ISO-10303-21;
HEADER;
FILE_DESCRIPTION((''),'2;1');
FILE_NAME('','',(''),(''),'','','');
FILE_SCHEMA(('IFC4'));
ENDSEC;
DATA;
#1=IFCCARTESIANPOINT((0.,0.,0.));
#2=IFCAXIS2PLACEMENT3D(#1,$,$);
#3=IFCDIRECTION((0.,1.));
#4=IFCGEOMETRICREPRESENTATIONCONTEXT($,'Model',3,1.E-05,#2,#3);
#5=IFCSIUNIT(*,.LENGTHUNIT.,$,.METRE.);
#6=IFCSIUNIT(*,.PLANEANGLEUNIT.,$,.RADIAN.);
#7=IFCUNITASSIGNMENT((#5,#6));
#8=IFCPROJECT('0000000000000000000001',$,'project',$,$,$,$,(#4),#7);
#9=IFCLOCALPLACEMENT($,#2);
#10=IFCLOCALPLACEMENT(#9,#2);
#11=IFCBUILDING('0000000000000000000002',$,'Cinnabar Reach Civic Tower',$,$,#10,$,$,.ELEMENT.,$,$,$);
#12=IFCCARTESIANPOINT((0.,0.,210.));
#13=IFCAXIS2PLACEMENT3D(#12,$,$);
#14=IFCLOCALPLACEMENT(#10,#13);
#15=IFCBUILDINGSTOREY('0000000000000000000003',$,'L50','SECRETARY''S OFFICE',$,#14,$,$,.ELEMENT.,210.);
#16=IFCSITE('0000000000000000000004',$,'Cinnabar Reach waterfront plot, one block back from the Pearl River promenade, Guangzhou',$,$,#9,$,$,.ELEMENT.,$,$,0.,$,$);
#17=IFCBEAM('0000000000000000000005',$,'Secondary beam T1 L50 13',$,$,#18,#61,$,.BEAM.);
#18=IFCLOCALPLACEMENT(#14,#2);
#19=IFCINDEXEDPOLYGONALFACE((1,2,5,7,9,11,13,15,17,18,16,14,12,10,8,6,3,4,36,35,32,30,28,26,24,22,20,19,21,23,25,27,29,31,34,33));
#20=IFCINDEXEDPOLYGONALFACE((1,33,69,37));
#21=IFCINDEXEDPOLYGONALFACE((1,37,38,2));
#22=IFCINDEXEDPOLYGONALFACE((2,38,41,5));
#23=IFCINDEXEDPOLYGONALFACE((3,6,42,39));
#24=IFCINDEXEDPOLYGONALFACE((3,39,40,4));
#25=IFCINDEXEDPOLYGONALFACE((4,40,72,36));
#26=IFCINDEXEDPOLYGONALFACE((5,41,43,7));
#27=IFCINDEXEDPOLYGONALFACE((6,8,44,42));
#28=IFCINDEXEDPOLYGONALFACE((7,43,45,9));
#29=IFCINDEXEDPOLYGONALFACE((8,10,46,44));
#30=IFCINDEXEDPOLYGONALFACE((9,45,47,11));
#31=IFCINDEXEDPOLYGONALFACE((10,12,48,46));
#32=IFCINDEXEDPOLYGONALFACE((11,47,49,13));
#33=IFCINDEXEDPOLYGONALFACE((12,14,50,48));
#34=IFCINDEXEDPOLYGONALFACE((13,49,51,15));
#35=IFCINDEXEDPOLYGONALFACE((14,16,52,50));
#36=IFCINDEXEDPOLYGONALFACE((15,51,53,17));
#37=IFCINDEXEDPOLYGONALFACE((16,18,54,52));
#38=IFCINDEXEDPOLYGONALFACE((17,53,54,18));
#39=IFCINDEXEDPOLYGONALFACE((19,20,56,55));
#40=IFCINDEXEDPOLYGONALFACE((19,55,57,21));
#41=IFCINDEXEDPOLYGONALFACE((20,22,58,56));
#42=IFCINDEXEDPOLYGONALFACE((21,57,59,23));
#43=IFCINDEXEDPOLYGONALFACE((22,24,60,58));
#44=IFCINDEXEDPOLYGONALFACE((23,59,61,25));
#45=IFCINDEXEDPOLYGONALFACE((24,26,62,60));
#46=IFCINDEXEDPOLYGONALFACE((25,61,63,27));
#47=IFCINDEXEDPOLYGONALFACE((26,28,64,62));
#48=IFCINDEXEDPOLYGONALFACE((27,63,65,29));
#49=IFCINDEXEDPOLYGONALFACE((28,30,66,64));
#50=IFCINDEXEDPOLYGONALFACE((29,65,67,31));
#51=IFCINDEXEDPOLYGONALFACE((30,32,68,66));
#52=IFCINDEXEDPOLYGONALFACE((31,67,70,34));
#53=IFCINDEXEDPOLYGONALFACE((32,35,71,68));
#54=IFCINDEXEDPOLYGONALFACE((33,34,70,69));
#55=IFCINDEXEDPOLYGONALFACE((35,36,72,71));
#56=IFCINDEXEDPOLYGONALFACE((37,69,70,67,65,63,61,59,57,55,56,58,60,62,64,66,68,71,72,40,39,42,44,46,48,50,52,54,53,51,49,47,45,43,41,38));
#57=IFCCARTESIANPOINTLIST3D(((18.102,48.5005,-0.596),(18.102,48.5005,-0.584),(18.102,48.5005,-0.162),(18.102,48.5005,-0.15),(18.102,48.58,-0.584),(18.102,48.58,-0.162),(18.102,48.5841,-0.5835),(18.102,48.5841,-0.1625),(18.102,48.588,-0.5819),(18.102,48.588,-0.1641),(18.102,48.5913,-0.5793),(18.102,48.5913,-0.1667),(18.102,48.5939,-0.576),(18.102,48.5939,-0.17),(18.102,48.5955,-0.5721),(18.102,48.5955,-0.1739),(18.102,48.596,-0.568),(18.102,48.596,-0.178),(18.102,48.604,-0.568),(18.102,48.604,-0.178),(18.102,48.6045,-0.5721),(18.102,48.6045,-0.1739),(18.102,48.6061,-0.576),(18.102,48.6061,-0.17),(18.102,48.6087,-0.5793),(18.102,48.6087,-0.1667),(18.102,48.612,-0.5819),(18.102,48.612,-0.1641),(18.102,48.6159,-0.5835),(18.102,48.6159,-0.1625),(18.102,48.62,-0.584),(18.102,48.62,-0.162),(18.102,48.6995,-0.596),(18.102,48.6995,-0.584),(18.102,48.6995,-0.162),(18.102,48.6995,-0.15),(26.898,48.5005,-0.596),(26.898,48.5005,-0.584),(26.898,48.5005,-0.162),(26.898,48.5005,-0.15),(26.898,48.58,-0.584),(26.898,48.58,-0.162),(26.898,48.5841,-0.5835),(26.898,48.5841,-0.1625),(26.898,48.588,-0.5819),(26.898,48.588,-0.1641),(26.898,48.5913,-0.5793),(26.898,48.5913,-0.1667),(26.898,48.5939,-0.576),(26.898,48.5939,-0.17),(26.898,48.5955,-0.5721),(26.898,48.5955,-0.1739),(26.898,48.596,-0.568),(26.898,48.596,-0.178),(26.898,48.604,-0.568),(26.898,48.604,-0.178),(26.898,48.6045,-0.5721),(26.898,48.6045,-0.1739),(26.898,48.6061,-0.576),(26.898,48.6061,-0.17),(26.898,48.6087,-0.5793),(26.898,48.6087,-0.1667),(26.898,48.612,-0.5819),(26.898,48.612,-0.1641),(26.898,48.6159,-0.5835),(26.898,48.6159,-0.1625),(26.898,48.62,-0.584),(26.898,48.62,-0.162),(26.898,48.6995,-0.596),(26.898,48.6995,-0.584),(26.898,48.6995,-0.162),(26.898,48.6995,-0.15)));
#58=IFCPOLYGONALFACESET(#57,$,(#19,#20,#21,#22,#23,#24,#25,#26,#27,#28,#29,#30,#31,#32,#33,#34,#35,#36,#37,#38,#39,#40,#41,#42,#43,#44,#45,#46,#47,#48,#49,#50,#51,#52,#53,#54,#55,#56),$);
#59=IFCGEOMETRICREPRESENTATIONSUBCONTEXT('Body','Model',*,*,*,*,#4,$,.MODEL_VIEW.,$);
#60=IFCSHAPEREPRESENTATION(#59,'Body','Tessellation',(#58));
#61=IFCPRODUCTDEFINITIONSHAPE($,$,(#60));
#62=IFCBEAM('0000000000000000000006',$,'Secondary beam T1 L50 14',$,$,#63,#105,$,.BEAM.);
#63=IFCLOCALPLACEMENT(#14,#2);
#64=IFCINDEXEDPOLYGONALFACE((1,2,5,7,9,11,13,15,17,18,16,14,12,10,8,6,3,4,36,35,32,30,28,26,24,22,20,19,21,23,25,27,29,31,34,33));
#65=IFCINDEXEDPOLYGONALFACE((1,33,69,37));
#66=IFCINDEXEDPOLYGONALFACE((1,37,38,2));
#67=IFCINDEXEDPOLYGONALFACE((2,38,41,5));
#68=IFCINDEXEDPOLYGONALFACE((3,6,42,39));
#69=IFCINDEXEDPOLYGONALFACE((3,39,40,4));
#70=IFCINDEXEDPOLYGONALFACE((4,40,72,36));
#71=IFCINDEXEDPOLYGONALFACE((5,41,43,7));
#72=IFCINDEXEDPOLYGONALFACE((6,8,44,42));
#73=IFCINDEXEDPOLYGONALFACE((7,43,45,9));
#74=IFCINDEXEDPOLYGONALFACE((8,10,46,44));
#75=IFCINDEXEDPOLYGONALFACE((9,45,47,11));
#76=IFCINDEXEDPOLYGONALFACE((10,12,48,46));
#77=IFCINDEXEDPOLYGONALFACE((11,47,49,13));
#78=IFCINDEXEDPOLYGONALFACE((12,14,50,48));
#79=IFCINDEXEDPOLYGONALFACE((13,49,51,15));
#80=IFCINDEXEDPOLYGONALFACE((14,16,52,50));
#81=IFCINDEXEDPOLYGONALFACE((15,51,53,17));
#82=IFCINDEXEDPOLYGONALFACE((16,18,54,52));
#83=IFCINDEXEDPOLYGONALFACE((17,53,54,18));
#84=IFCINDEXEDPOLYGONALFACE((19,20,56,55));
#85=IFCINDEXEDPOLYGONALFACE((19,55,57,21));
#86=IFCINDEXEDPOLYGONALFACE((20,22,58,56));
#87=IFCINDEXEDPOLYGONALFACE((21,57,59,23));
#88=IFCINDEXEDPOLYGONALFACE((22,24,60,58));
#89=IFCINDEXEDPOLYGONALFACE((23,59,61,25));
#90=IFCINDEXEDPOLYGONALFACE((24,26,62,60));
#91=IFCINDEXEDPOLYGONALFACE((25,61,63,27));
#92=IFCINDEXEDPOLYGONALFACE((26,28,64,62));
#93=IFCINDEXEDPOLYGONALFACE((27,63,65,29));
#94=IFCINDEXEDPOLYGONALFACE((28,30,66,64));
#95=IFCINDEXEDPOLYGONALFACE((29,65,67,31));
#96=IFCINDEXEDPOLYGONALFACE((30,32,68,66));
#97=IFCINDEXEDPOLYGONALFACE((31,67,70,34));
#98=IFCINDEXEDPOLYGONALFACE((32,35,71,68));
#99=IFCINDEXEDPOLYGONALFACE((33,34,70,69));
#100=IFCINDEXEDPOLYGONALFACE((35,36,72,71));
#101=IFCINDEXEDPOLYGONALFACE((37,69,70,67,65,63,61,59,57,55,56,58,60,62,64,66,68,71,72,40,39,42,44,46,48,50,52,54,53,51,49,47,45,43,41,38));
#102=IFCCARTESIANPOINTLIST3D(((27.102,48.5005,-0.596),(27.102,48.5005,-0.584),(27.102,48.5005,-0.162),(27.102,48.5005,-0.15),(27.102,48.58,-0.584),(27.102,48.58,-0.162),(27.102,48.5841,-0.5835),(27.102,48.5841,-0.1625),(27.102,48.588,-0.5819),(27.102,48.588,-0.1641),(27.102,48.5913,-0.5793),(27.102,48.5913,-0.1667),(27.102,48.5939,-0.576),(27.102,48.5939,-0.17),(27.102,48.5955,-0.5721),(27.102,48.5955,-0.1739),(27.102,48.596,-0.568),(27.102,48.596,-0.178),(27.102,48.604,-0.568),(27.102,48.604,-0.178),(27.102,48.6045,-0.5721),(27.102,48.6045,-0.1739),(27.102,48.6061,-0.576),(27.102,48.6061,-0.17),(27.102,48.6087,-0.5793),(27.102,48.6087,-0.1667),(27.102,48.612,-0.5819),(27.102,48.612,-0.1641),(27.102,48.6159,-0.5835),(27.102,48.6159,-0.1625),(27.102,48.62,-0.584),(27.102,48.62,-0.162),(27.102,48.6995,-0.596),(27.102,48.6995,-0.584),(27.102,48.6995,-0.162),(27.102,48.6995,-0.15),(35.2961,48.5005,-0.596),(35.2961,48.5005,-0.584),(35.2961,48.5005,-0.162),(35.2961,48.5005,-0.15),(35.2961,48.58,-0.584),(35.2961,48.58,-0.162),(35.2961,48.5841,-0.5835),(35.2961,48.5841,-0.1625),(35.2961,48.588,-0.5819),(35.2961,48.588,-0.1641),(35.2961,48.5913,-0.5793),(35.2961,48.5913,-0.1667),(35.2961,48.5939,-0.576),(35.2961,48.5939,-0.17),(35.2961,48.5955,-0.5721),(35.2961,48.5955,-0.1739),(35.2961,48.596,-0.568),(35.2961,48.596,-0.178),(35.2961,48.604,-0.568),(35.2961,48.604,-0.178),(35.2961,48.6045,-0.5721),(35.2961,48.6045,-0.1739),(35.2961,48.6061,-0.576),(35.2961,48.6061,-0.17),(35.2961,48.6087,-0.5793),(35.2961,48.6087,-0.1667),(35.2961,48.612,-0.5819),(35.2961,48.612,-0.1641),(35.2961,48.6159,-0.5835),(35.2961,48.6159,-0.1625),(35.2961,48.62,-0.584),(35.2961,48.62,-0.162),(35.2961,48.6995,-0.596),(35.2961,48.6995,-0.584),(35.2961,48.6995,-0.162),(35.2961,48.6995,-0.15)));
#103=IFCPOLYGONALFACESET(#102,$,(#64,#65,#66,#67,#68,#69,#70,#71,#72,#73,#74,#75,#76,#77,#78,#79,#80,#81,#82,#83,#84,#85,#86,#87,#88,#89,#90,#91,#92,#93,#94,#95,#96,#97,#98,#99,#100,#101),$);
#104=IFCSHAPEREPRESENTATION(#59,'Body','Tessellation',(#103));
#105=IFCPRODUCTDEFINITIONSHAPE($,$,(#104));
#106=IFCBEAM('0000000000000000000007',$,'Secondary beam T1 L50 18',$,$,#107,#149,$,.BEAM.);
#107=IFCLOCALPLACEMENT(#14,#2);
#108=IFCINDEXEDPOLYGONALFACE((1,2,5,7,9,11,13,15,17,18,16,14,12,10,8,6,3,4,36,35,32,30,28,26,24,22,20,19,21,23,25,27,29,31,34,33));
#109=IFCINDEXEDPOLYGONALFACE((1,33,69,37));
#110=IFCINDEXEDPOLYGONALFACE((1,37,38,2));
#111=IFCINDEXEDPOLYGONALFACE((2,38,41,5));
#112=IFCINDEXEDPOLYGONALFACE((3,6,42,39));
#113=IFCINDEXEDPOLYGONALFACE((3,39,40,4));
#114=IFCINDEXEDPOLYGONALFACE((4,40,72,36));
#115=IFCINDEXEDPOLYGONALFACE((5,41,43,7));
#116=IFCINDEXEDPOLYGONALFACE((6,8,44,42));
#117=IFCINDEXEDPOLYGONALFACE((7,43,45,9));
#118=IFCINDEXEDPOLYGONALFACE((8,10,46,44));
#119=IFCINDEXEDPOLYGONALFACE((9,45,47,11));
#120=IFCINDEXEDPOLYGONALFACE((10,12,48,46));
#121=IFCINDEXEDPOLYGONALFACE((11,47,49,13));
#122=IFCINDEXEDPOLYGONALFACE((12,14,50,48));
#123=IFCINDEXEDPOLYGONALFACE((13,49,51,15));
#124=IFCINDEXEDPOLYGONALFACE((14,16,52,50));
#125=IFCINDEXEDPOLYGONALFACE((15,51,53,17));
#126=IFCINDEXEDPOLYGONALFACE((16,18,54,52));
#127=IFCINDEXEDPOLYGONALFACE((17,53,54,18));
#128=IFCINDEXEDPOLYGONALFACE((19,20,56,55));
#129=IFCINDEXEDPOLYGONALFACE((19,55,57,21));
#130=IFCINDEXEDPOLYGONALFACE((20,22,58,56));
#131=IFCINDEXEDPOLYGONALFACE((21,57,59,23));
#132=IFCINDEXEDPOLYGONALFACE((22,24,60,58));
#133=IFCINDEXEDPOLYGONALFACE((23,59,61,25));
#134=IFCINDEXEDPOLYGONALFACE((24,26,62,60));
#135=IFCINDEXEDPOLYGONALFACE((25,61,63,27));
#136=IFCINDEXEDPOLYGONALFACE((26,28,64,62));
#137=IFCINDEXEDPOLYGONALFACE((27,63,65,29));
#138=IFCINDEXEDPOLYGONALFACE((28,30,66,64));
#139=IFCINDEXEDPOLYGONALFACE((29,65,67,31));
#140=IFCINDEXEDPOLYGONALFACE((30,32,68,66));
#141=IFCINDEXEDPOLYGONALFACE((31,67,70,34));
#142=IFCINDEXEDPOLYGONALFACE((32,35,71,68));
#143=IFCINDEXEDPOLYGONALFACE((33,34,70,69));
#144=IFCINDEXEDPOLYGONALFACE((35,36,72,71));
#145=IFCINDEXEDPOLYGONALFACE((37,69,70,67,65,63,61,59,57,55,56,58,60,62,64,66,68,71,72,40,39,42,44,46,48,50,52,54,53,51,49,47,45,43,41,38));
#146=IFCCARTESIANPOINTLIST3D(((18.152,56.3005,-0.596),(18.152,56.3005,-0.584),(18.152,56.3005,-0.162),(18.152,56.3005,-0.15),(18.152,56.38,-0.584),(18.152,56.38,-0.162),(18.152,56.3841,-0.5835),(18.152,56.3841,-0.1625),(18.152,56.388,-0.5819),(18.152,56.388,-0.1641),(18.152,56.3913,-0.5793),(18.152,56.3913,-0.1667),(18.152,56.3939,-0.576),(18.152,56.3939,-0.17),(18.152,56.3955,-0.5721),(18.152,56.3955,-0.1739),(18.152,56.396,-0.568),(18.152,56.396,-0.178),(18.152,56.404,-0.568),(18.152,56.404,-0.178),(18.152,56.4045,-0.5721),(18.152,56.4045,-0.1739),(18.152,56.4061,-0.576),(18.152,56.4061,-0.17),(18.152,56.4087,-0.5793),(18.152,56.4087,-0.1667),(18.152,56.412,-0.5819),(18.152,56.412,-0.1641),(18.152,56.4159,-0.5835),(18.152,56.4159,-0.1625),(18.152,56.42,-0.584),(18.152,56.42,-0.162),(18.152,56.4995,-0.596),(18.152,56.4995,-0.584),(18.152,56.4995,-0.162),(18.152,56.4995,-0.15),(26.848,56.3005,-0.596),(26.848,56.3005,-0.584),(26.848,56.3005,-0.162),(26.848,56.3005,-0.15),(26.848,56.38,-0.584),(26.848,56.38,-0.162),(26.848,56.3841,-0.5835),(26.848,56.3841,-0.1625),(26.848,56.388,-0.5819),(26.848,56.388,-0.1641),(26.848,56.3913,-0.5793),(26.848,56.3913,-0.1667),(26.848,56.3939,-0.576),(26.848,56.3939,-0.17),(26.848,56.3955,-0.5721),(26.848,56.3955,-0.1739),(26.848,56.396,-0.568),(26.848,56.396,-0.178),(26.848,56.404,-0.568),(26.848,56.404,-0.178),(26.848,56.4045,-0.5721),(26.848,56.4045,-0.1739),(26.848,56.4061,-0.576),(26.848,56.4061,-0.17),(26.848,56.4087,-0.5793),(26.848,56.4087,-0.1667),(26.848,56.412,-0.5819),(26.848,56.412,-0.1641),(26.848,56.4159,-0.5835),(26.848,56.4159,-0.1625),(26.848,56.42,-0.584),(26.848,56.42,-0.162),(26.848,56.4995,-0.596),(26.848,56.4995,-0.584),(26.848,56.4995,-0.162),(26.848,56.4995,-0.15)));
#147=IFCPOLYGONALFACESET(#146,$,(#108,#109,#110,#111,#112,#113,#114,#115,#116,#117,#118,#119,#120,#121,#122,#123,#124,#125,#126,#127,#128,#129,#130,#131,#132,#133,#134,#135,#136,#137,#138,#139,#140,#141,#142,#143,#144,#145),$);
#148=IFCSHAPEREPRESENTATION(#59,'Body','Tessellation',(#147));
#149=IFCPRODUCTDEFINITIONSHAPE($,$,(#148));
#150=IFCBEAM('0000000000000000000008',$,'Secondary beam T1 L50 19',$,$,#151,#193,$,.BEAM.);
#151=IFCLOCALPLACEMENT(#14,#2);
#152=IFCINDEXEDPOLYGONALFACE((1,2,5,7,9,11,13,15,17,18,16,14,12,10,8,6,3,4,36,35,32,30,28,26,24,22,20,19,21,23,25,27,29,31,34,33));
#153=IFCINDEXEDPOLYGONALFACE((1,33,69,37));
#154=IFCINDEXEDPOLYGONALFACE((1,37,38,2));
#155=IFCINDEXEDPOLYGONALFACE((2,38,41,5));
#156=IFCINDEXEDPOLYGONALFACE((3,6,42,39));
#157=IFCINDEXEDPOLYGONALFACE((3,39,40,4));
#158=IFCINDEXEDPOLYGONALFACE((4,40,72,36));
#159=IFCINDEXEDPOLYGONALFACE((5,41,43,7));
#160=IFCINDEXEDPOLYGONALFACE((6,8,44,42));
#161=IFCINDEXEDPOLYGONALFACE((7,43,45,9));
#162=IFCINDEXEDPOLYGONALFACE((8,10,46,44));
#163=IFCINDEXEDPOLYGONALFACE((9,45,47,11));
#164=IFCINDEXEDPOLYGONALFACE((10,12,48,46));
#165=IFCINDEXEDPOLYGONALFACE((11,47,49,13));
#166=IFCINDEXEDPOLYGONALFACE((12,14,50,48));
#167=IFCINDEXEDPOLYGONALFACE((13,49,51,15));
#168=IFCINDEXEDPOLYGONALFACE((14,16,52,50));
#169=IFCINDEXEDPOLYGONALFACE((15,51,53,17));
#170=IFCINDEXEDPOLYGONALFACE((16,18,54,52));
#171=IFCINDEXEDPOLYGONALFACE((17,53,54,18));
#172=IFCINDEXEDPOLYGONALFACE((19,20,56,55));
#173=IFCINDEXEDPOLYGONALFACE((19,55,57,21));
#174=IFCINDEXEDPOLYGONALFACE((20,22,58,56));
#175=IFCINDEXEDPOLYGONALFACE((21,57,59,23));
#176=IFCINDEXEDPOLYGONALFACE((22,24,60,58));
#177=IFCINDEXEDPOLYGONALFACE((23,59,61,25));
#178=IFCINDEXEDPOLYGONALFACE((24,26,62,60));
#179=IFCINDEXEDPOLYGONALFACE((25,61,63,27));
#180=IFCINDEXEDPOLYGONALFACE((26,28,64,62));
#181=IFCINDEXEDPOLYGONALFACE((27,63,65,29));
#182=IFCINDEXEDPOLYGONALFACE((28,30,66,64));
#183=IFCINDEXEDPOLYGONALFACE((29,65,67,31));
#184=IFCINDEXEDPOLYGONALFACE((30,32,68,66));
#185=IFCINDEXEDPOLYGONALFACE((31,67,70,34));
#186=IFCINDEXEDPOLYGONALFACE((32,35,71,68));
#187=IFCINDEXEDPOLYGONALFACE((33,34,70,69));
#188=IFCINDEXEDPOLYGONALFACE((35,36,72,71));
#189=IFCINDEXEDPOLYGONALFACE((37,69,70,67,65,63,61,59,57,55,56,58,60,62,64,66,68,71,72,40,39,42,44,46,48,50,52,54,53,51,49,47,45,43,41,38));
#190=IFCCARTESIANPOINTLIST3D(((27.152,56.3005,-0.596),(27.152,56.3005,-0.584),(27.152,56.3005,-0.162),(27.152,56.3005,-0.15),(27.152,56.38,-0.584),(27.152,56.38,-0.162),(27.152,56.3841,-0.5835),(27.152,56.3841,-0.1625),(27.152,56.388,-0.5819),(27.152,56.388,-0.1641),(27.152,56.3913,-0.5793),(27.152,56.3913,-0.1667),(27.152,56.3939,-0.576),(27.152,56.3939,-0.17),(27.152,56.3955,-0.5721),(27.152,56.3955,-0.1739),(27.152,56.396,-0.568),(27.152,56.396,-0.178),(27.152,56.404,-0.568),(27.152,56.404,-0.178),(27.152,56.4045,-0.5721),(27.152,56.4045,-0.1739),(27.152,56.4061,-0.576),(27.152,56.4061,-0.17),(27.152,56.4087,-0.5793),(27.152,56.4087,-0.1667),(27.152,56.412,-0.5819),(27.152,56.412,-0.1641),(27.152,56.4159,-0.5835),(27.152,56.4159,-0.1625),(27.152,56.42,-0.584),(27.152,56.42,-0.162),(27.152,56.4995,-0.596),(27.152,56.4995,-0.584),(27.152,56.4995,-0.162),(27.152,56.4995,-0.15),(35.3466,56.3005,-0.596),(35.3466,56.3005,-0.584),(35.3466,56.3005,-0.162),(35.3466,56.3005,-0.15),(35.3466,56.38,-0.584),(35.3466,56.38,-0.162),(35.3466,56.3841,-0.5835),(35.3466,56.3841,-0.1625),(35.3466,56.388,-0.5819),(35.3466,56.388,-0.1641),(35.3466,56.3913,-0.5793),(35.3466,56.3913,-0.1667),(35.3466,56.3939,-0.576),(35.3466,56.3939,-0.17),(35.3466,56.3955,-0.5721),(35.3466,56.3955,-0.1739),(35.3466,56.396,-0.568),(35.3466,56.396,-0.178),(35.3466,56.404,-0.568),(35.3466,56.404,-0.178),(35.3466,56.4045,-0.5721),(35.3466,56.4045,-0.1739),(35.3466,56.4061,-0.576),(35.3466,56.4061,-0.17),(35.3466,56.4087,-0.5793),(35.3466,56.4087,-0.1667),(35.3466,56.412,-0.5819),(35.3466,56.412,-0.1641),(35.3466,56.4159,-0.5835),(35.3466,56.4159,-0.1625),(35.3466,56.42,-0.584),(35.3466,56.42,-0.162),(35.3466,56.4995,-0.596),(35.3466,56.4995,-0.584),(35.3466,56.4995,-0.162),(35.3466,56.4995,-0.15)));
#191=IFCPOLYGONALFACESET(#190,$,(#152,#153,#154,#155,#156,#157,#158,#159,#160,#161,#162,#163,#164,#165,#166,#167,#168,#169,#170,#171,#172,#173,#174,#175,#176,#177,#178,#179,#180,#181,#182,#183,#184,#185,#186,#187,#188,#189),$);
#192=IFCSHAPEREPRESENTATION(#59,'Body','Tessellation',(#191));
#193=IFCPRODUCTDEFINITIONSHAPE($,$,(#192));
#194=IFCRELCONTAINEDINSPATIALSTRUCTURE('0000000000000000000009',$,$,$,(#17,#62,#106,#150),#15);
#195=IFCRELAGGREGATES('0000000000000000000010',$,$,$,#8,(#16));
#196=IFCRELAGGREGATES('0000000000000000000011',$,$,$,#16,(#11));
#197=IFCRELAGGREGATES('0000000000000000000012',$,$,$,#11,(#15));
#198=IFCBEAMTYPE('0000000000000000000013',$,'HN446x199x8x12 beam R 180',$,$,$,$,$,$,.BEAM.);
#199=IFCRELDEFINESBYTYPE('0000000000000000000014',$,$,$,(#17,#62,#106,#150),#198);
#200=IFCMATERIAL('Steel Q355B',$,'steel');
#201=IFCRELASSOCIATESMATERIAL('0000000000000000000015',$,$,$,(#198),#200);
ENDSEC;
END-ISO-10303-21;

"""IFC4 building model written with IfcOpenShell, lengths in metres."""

from ifc_helpers import new_model, si_unit, direction, frame, origin, origin_2d, place, context, subcontext, project, spatial, i_section, extrude, material, material_profile, profile_set, type_object, element, save


model = new_model("IFC4")

# Units and contexts
model_context = context("Model", 3, precision=1e-05, world=origin(), true_north=direction((0.0, 1.0)))
body_context = subcontext(model_context, "Body", "Model", "MODEL_VIEW")
ifc_project = project(units=[si_unit("LENGTHUNIT", "METRE"), si_unit("PLANEANGLEUNIT", "RADIAN")], contexts=[model_context])

# Site, building, storey
site_placement = place(None, origin())
site = spatial("IfcSite", under=ifc_project, at=site_placement, Name="Cinnabar Reach waterfront plot, one block back from the Pearl River promenade, Guangzhou", CompositionType="ELEMENT", RefElevation=0.0)
building_placement = place(site_placement, origin())
building = spatial("IfcBuilding", under=site, at=building_placement, Name="Cinnabar Reach Civic Tower", CompositionType="ELEMENT")
storey_placement = place(building_placement, frame((0.0, 0.0, 210.0)))
storey = spatial("IfcBuildingStorey", under=building, at=storey_placement, Name="L50", Description="SECRETARY'S OFFICE", CompositionType="ELEMENT", Elevation=210.0)

# Beams
ifc_material_1 = material(Name="Steel Q355B", Category="steel")
ifc_material_profile_1 = material_profile(ifc_material_1, i_section(OverallWidth=0.199, OverallDepth=0.446, WebThickness=0.008, FlangeThickness=0.012, FilletRadius=0.016, at=origin_2d()), Name="HN446x199x8x12")
ifc_profile_set_1 = profile_set([ifc_material_profile_1], Name="Steel Q355B")
beam_type_1 = type_object("IfcBeamType", Name="HN446x199x8x12 beam R 180", PredefinedType="BEAM", material=ifc_profile_set_1)
beam_1_placement = place(storey_placement, frame((18.102, 48.6, -0.373), z_axis=(1.0, 0.0, 0.0), x_axis=(0.0, 1.0, 0.0)))
element("IfcBeam", 1, at=beam_1_placement, inside=storey, type_object=beam_type_1, Name="Secondary beam T1 L50 13", PredefinedType="BEAM", context=body_context, shape_type="SweptSolid", body=[
    extrude(i_section(OverallWidth=0.199, OverallDepth=0.446, WebThickness=0.008, FlangeThickness=0.012, FilletRadius=0.016, at=origin_2d()), origin(), (0.0, 0.0, 1.0), 8.796),
])
beam_2_placement = place(storey_placement, frame((27.102, 48.6, -0.373), z_axis=(1.0, 0.0, 0.0), x_axis=(0.0, 1.0, 0.0)))
element("IfcBeam", 2, at=beam_2_placement, inside=storey, type_object=beam_type_1, Name="Secondary beam T1 L50 14", PredefinedType="BEAM", context=body_context, shape_type="SweptSolid", body=[
    extrude(i_section(OverallWidth=0.199, OverallDepth=0.446, WebThickness=0.008, FlangeThickness=0.012, FilletRadius=0.016, at=origin_2d()), origin(), (0.0, 0.0, 1.0), 8.1941),
])
beam_3_placement = place(storey_placement, frame((18.152, 56.4, -0.373), z_axis=(1.0, 0.0, 0.0), x_axis=(0.0, 1.0, 0.0)))
element("IfcBeam", 3, at=beam_3_placement, inside=storey, type_object=beam_type_1, Name="Secondary beam T1 L50 18", PredefinedType="BEAM", context=body_context, shape_type="SweptSolid", body=[
    extrude(i_section(OverallWidth=0.199, OverallDepth=0.446, WebThickness=0.008, FlangeThickness=0.012, FilletRadius=0.016, at=origin_2d()), origin(), (0.0, 0.0, 1.0), 8.696),
])
beam_4_placement = place(storey_placement, frame((27.152, 56.4, -0.373), z_axis=(1.0, 0.0, 0.0), x_axis=(0.0, 1.0, 0.0)))
element("IfcBeam", 4, at=beam_4_placement, inside=storey, type_object=beam_type_1, Name="Secondary beam T1 L50 19", PredefinedType="BEAM", context=body_context, shape_type="SweptSolid", body=[
    extrude(i_section(OverallWidth=0.199, OverallDepth=0.446, WebThickness=0.008, FlangeThickness=0.012, FilletRadius=0.016, at=origin_2d()), origin(), (0.0, 0.0, 1.0), 8.1946),
])

save(model, "model.ifc")
